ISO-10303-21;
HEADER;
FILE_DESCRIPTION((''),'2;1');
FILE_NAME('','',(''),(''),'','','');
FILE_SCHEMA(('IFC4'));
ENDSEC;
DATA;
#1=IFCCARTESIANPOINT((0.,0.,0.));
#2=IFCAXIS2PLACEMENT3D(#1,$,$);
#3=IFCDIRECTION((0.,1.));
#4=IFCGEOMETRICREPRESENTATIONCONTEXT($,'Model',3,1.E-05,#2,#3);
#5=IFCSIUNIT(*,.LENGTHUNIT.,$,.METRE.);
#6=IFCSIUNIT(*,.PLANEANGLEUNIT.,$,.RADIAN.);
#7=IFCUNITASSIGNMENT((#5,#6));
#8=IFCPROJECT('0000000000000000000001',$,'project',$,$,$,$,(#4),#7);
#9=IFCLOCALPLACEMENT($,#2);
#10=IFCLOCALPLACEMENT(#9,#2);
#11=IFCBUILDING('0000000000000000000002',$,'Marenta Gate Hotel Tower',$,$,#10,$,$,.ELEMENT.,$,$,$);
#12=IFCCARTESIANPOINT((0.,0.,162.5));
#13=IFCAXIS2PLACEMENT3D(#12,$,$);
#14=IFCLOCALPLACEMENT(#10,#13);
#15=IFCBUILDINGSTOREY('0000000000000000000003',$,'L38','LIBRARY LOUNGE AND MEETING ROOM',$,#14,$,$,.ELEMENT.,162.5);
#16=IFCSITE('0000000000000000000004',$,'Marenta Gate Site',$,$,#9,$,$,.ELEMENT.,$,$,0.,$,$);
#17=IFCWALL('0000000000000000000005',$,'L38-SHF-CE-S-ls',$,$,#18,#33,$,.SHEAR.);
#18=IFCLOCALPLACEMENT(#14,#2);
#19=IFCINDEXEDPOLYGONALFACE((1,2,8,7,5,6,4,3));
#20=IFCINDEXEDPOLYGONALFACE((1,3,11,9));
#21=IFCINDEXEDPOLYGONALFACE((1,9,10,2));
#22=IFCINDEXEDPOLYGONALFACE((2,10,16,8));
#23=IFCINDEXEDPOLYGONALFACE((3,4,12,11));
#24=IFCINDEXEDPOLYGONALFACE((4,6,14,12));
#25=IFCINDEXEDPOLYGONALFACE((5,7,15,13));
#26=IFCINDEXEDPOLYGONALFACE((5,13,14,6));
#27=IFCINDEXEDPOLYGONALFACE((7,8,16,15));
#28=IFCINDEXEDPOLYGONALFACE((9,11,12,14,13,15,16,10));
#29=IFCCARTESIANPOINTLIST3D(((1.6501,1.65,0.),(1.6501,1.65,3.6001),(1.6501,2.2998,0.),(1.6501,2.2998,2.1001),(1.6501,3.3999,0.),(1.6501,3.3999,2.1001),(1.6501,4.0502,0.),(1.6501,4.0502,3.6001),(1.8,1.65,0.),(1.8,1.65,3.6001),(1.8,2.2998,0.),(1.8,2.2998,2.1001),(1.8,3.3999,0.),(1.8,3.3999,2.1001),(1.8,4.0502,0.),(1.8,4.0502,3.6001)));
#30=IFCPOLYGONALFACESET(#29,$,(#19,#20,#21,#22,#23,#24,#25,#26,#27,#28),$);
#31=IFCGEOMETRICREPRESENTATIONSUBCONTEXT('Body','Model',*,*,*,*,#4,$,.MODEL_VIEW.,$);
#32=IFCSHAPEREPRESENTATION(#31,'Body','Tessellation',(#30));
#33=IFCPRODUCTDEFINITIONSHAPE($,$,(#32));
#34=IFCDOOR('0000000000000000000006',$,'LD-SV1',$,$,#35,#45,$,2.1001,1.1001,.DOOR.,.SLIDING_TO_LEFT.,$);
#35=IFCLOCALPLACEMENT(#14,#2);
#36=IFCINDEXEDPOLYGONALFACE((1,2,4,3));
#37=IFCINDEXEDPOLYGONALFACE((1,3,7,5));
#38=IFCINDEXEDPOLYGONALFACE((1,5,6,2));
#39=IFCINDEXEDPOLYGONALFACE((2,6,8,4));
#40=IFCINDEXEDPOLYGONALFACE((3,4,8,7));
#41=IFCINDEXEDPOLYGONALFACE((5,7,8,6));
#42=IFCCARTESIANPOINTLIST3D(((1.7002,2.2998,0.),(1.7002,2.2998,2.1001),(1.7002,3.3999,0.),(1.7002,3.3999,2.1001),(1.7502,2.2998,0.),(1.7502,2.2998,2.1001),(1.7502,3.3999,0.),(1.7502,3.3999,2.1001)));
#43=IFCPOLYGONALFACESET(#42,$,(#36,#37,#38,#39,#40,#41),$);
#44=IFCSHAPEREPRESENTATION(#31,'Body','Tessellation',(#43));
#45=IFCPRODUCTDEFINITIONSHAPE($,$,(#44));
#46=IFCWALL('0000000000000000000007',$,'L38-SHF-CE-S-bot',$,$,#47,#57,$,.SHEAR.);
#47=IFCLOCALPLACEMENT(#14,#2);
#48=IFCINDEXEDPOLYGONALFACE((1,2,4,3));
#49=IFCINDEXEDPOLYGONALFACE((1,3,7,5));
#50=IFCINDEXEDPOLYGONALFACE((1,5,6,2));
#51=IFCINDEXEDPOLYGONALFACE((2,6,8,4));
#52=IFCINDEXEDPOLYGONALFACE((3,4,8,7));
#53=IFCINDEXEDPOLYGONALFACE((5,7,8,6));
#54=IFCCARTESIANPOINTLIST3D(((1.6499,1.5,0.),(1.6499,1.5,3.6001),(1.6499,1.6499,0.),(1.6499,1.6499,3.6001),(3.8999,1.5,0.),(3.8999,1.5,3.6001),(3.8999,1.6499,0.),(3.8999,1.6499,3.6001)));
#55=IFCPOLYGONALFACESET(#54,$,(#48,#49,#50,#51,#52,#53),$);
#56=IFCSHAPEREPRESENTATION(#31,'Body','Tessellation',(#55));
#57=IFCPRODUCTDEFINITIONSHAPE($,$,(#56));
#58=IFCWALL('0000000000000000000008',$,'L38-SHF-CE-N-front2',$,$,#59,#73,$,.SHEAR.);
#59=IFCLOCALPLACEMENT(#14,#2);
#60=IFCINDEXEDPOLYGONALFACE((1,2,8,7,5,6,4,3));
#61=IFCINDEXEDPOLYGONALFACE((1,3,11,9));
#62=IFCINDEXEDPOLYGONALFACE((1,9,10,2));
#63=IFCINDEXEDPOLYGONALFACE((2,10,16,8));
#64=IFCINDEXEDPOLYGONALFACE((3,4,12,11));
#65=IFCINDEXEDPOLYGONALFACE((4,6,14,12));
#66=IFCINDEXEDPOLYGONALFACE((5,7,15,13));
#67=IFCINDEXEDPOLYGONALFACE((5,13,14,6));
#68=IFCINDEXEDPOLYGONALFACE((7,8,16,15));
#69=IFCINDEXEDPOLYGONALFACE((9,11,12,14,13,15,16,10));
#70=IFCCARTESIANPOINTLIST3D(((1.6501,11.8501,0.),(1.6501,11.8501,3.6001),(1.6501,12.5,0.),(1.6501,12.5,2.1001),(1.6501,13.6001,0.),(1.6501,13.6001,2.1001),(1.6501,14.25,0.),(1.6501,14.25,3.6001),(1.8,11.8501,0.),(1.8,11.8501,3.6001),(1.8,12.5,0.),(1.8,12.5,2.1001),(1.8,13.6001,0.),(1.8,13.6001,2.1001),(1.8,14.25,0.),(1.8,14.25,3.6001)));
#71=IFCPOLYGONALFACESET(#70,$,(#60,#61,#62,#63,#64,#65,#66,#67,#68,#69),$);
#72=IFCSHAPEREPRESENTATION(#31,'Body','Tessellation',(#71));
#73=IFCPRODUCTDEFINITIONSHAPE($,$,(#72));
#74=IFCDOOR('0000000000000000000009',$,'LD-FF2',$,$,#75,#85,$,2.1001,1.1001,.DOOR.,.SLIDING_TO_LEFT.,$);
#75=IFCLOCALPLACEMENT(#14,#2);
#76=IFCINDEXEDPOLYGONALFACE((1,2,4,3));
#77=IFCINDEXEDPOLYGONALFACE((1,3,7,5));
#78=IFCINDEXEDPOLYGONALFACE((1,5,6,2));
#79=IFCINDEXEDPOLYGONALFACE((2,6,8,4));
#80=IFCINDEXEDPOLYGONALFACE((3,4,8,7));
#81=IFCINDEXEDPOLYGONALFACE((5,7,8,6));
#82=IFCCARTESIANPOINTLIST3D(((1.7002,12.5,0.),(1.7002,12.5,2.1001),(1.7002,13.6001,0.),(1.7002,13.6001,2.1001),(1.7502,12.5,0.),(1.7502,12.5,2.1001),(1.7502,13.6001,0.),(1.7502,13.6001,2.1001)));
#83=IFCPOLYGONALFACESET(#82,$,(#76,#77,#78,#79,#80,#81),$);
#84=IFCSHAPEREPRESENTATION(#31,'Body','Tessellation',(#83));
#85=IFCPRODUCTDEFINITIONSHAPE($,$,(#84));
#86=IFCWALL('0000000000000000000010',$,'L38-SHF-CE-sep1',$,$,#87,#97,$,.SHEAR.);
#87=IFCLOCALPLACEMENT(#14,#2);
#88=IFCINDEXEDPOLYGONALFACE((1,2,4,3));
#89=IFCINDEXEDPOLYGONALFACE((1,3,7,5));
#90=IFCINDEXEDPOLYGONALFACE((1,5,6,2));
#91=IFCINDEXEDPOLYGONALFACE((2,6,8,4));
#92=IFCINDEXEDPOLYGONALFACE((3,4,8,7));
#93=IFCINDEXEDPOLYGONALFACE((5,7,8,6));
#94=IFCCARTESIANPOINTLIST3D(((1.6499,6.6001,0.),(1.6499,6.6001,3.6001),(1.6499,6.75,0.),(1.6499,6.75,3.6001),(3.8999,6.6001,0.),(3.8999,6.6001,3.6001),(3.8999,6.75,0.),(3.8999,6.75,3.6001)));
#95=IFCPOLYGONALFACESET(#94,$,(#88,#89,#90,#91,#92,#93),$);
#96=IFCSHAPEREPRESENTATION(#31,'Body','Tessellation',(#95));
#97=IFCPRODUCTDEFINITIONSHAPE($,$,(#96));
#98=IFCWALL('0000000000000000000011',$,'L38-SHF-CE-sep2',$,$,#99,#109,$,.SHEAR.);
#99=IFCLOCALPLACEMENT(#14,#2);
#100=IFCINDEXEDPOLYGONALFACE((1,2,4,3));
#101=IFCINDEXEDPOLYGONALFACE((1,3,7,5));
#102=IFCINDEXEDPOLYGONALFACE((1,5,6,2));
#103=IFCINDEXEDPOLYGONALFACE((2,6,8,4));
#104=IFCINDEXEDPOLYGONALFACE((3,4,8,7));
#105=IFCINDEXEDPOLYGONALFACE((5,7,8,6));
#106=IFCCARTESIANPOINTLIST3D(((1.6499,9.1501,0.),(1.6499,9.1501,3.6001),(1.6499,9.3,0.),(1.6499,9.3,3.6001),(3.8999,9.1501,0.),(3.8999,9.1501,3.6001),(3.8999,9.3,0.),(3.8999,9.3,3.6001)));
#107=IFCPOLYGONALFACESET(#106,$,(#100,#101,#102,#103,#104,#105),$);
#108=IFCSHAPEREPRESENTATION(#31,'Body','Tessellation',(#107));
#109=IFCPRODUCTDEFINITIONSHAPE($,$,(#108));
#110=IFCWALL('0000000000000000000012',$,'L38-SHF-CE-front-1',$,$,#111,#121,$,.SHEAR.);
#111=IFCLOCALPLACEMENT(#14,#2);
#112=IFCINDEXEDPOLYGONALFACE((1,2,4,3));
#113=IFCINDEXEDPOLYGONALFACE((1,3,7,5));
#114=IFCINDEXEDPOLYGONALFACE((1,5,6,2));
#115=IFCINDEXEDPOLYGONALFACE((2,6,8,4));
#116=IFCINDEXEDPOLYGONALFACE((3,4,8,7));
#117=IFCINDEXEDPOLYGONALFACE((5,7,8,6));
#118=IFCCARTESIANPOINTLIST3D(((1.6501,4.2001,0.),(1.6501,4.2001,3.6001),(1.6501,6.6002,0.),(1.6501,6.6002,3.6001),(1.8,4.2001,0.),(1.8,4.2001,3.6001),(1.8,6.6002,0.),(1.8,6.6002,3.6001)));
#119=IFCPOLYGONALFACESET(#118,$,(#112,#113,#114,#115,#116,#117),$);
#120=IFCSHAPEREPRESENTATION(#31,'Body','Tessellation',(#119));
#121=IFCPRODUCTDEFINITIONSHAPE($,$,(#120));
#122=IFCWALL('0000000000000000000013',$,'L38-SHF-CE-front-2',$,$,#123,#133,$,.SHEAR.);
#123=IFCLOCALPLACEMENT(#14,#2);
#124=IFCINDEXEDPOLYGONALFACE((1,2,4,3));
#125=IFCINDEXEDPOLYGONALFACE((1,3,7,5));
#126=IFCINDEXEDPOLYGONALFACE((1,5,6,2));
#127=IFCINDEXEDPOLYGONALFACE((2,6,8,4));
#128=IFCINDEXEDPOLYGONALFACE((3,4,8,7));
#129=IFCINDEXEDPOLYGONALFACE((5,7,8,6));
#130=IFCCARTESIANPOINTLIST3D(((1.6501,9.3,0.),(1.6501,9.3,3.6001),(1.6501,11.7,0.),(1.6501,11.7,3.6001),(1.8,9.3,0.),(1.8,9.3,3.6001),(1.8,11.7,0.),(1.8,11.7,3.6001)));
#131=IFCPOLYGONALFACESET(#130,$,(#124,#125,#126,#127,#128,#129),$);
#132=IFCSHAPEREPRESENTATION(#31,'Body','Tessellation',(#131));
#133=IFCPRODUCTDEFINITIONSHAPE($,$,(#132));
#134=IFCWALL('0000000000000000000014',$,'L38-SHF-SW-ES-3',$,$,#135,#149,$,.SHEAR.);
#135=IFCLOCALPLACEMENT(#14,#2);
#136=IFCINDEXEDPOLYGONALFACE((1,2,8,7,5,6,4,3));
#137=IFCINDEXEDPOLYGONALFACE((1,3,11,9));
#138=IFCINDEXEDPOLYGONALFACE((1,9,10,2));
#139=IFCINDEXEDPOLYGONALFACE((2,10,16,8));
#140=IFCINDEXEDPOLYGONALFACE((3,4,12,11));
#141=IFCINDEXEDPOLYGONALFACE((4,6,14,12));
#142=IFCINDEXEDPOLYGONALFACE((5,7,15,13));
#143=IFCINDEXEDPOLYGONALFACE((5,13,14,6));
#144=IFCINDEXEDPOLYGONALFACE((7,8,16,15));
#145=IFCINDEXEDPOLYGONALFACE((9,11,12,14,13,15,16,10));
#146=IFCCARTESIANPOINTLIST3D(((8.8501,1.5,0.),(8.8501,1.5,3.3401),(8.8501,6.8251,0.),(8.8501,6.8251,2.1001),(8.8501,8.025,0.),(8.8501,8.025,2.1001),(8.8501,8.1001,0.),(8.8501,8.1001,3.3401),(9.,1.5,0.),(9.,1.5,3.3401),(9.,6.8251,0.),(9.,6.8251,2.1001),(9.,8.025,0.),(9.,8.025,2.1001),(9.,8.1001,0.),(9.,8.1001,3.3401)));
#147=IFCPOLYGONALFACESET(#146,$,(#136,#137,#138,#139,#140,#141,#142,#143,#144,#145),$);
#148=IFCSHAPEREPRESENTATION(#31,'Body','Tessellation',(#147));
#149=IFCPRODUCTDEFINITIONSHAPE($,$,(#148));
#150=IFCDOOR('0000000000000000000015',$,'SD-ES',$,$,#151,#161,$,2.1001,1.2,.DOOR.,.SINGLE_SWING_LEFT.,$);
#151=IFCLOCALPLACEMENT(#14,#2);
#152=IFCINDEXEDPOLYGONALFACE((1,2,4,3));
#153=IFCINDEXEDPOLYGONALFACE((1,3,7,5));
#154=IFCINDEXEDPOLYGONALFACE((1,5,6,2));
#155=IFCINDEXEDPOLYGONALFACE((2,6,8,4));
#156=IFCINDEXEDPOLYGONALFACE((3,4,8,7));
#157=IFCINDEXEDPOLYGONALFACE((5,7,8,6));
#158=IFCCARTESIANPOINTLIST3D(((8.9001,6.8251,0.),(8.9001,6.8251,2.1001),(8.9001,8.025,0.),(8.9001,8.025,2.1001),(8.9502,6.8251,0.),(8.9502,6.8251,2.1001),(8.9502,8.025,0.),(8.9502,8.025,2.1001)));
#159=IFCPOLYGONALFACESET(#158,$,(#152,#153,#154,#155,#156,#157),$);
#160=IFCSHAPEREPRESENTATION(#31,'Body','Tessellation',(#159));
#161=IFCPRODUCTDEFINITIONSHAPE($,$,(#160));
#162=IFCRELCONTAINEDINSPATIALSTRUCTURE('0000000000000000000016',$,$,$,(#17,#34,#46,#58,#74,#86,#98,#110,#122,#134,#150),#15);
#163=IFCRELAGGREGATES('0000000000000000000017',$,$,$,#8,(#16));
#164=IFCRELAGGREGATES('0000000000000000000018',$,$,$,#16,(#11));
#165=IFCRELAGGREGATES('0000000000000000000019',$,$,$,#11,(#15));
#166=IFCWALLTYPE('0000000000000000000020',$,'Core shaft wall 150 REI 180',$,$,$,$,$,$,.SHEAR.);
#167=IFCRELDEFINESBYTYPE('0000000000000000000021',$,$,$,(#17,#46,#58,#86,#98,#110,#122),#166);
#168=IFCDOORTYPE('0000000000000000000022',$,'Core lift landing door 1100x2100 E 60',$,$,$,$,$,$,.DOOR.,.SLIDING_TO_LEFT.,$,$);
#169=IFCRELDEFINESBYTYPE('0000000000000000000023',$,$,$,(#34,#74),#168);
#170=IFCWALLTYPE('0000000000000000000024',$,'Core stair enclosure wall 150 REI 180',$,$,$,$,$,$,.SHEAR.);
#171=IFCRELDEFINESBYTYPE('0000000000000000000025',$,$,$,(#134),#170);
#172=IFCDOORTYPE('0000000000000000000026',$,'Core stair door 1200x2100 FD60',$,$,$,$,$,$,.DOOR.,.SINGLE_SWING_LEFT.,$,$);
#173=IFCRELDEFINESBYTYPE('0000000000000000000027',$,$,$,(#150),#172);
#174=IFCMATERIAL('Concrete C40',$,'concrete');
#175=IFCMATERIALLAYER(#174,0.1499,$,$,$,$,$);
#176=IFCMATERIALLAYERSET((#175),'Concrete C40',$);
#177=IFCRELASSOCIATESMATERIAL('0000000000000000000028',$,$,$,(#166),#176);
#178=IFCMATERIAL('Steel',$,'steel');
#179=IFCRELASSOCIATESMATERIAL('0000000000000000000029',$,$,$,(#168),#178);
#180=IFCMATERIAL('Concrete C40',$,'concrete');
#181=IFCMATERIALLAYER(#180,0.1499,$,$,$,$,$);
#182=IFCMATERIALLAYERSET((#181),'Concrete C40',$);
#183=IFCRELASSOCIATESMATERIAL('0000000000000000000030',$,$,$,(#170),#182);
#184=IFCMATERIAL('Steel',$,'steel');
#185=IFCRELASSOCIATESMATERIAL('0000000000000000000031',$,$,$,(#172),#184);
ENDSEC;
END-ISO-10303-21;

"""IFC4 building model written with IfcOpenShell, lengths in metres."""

from ifc_helpers import new_model, si_unit, direction, frame, frame_2d, origin, place, context, subcontext, project, spatial, rectangle, extrude, material, layer, layer_set, type_object, element, fill, save


model = new_model("IFC4")

# Units and contexts
model_context = context("Model", 3, precision=1e-05, world=origin(), true_north=direction((0.0, 1.0)))
body_context = subcontext(model_context, "Body", "Model", "MODEL_VIEW")
ifc_project = project(units=[si_unit("LENGTHUNIT", "METRE"), si_unit("PLANEANGLEUNIT", "RADIAN")], contexts=[model_context])

# Site, building, storey
site_placement = place(None, origin())
site = spatial("IfcSite", under=ifc_project, at=site_placement, Name="Marenta Gate Site", CompositionType="ELEMENT", RefElevation=0.0)
building_placement = place(site_placement, origin())
building = spatial("IfcBuilding", under=site, at=building_placement, Name="Marenta Gate Hotel Tower", CompositionType="ELEMENT")
storey_placement = place(building_placement, frame((0.0, 0.0, 162.5)))
storey = spatial("IfcBuildingStorey", under=building, at=storey_placement, Name="L38", Description="LIBRARY LOUNGE AND MEETING ROOM", CompositionType="ELEMENT", Elevation=162.5)

# Shared definitions
ifc_material_1 = material(Name="Concrete C40", Category="concrete")
ifc_layer_1 = layer(ifc_material_1, 0.1499)
ifc_layer_set_1 = layer_set([ifc_layer_1], Name="Concrete C40")
wall_type_1 = type_object("IfcWallType", Name="Core shaft wall 150 REI 180", PredefinedType="SHEAR", material=ifc_layer_set_1)

# Wall, opening, door
wall_1_placement = place(storey_placement, frame((1.7251, 1.6499, 0.0), z_axis=(0.0, 0.0, 1.0), x_axis=(0.0, 1.0, 0.0)))
wall_1 = element("IfcWall", 1, at=wall_1_placement, inside=storey, type_object=wall_type_1, Name="L38-SHF-CE-S-ls", PredefinedType="SHEAR", context=body_context, shape_type="SweptSolid", body=[
    extrude(rectangle(XDim=2.4001, YDim=0.1499, at=frame_2d((1.2002, 0.0))), origin(), (0.0, 0.0, 1.0), 3.6001),
])
opening_1_placement = place(wall_1_placement, frame((0.6499, 0.0, 0.0)))
opening_1 = element("IfcOpeningElement", 2, at=opening_1_placement, cuts=wall_1, PredefinedType="OPENING", context=body_context, shape_type="SweptSolid", body=[
    extrude(rectangle(XDim=1.1001, YDim=2.1001, at=frame_2d((0.55, 1.05))), frame((0.0, 0.075, 0.0), z_axis=(0.0, -1.0, 0.0), x_axis=(1.0, 0.0, 0.0)), (0.0, 0.0, 1.0), 0.1499),
])
ifc_material_2 = material(Name="Steel", Category="steel")
door_type_1 = type_object("IfcDoorType", Name="Core lift landing door 1100x2100 E 60", OperationType="SLIDING_TO_LEFT", PredefinedType="DOOR", material=ifc_material_2)
door_1_placement = place(opening_1_placement, origin())
door_1 = element("IfcDoor", 3, at=door_1_placement, inside=storey, type_object=door_type_1, Name="LD-SV1", OperationType="SLIDING_TO_LEFT", OverallHeight=2.1001, OverallWidth=1.1001, PredefinedType="DOOR", context=body_context, shape_type="SweptSolid", body=[
    extrude(rectangle(XDim=1.1001, YDim=2.1001, at=frame_2d((0.55, 1.05))), frame((0.0, 0.0249, 0.0), z_axis=(0.0, -1.0, 0.0), x_axis=(1.0, 0.0, 0.0)), (0.0, 0.0, 1.0), 0.05),
])
fill(opening_1, door_1)

# Wall
wall_2_placement = place(storey_placement, frame((1.6499, 1.575, 0.0), z_axis=(0.0, 0.0, 1.0), x_axis=(1.0, 0.0, 0.0)))
element("IfcWall", 4, at=wall_2_placement, inside=storey, type_object=wall_type_1, Name="L38-SHF-CE-S-bot", PredefinedType="SHEAR", context=body_context, shape_type="SweptSolid", body=[
    extrude(rectangle(XDim=2.25, YDim=0.1499, at=frame_2d((1.125, 0.0))), origin(), (0.0, 0.0, 1.0), 3.6001),
])

# Wall, opening, door
wall_3_placement = place(storey_placement, frame((1.7251, 11.8501, 0.0), z_axis=(0.0, 0.0, 1.0), x_axis=(0.0, 1.0, 0.0)))
wall_3 = element("IfcWall", 5, at=wall_3_placement, inside=storey, type_object=wall_type_1, Name="L38-SHF-CE-N-front2", PredefinedType="SHEAR", context=body_context, shape_type="SweptSolid", body=[
    extrude(rectangle(XDim=2.3999, YDim=0.1499, at=frame_2d((1.2, 0.0))), origin(), (0.0, 0.0, 1.0), 3.6001),
])
opening_2_placement = place(wall_3_placement, frame((0.6499, 0.0, 0.0)))
opening_2 = element("IfcOpeningElement", 6, at=opening_2_placement, cuts=wall_3, PredefinedType="OPENING", context=body_context, shape_type="SweptSolid", body=[
    extrude(rectangle(XDim=1.1001, YDim=2.1001, at=frame_2d((0.55, 1.05))), frame((0.0, 0.075, 0.0), z_axis=(0.0, -1.0, 0.0), x_axis=(1.0, 0.0, 0.0)), (0.0, 0.0, 1.0), 0.1499),
])
door_2_placement = place(opening_2_placement, origin())
door_2 = element("IfcDoor", 7, at=door_2_placement, inside=storey, type_object=door_type_1, Name="LD-FF2", OperationType="SLIDING_TO_LEFT", OverallHeight=2.1001, OverallWidth=1.1001, PredefinedType="DOOR", context=body_context, shape_type="SweptSolid", body=[
    extrude(rectangle(XDim=1.1001, YDim=2.1001, at=frame_2d((0.55, 1.05))), frame((0.0, 0.0249, 0.0), z_axis=(0.0, -1.0, 0.0), x_axis=(1.0, 0.0, 0.0)), (0.0, 0.0, 1.0), 0.05),
])
fill(opening_2, door_2)

# Walls
for number, where, z_axis, x_axis, name in (
    (8, (1.6499, 6.675, 0.0), (0.0, 0.0, 1.0), (1.0, 0.0, 0.0), "L38-SHF-CE-sep1"),
    (9, (1.6499, 9.2251, 0.0), (0.0, 0.0, 1.0), (1.0, 0.0, 0.0), "L38-SHF-CE-sep2"),
):
    element("IfcWall", number, at=place(storey_placement, frame(where, z_axis=z_axis, x_axis=x_axis)), inside=storey, type_object=wall_type_1, Name=name, PredefinedType="SHEAR", context=body_context, shape_type="SweptSolid", body=[
        extrude(rectangle(XDim=2.25, YDim=0.1499, at=frame_2d((1.125, 0.0))), origin(), (0.0, 0.0, 1.0), 3.6001),
    ])
wall_4_placement = place(storey_placement, frame((1.7251, 4.2, 0.0), z_axis=(0.0, 0.0, 1.0), x_axis=(0.0, 1.0, 0.0)))
element("IfcWall", 10, at=wall_4_placement, inside=storey, type_object=wall_type_1, Name="L38-SHF-CE-front-1", PredefinedType="SHEAR", context=body_context, shape_type="SweptSolid", body=[
    extrude(rectangle(XDim=2.4001, YDim=0.1499, at=frame_2d((1.2002, 0.0))), origin(), (0.0, 0.0, 1.0), 3.6001),
])
wall_5_placement = place(storey_placement, frame((1.7251, 9.3, 0.0), z_axis=(0.0, 0.0, 1.0), x_axis=(0.0, 1.0, 0.0)))
element("IfcWall", 11, at=wall_5_placement, inside=storey, type_object=wall_type_1, Name="L38-SHF-CE-front-2", PredefinedType="SHEAR", context=body_context, shape_type="SweptSolid", body=[
    extrude(rectangle(XDim=2.3999, YDim=0.1499, at=frame_2d((1.2, 0.0))), origin(), (0.0, 0.0, 1.0), 3.6001),
])

# Wall, opening, door
ifc_material_3 = material(Name="Concrete C40", Category="concrete")
ifc_layer_2 = layer(ifc_material_3, 0.1499)
ifc_layer_set_2 = layer_set([ifc_layer_2], Name="Concrete C40")
wall_type_2 = type_object("IfcWallType", Name="Core stair enclosure wall 150 REI 180", PredefinedType="SHEAR", material=ifc_layer_set_2)
wall_6_placement = place(storey_placement, frame((8.925, 1.5, 0.0), z_axis=(0.0, 0.0, 1.0), x_axis=(0.0, 1.0, 0.0)))
wall_6 = element("IfcWall", 12, at=wall_6_placement, inside=storey, type_object=wall_type_2, Name="L38-SHF-SW-ES-3", PredefinedType="SHEAR", context=body_context, shape_type="SweptSolid", body=[
    extrude(rectangle(XDim=6.6001, YDim=0.1499, at=frame_2d((3.3, 0.0))), origin(), (0.0, 0.0, 1.0), 3.3401),
])
opening_3_placement = place(wall_6_placement, frame((5.325, 0.0, 0.0)))
opening_3 = element("IfcOpeningElement", 13, at=opening_3_placement, cuts=wall_6, PredefinedType="OPENING", context=body_context, shape_type="SweptSolid", body=[
    extrude(rectangle(XDim=1.2, YDim=2.1001, at=frame_2d((0.6001, 1.05))), frame((0.0, 0.075, 0.0), z_axis=(0.0, -1.0, 0.0), x_axis=(1.0, 0.0, 0.0)), (0.0, 0.0, 1.0), 0.1499),
])
ifc_material_4 = material(Name="Steel", Category="steel")
door_type_2 = type_object("IfcDoorType", Name="Core stair door 1200x2100 FD60", OperationType="SINGLE_SWING_LEFT", PredefinedType="DOOR", material=ifc_material_4)
door_3_placement = place(opening_3_placement, origin())
door_3 = element("IfcDoor", 14, at=door_3_placement, inside=storey, type_object=door_type_2, Name="SD-ES", OperationType="SINGLE_SWING_LEFT", OverallHeight=2.1001, OverallWidth=1.2, PredefinedType="DOOR", context=body_context, shape_type="SweptSolid", body=[
    extrude(rectangle(XDim=1.2, YDim=2.1001, at=frame_2d((0.6001, 1.05))), frame((0.0, 0.0249, 0.0), z_axis=(0.0, -1.0, 0.0), x_axis=(1.0, 0.0, 0.0)), (0.0, 0.0, 1.0), 0.05),
])
fill(opening_3, door_3)

save(model, "model.ifc")
